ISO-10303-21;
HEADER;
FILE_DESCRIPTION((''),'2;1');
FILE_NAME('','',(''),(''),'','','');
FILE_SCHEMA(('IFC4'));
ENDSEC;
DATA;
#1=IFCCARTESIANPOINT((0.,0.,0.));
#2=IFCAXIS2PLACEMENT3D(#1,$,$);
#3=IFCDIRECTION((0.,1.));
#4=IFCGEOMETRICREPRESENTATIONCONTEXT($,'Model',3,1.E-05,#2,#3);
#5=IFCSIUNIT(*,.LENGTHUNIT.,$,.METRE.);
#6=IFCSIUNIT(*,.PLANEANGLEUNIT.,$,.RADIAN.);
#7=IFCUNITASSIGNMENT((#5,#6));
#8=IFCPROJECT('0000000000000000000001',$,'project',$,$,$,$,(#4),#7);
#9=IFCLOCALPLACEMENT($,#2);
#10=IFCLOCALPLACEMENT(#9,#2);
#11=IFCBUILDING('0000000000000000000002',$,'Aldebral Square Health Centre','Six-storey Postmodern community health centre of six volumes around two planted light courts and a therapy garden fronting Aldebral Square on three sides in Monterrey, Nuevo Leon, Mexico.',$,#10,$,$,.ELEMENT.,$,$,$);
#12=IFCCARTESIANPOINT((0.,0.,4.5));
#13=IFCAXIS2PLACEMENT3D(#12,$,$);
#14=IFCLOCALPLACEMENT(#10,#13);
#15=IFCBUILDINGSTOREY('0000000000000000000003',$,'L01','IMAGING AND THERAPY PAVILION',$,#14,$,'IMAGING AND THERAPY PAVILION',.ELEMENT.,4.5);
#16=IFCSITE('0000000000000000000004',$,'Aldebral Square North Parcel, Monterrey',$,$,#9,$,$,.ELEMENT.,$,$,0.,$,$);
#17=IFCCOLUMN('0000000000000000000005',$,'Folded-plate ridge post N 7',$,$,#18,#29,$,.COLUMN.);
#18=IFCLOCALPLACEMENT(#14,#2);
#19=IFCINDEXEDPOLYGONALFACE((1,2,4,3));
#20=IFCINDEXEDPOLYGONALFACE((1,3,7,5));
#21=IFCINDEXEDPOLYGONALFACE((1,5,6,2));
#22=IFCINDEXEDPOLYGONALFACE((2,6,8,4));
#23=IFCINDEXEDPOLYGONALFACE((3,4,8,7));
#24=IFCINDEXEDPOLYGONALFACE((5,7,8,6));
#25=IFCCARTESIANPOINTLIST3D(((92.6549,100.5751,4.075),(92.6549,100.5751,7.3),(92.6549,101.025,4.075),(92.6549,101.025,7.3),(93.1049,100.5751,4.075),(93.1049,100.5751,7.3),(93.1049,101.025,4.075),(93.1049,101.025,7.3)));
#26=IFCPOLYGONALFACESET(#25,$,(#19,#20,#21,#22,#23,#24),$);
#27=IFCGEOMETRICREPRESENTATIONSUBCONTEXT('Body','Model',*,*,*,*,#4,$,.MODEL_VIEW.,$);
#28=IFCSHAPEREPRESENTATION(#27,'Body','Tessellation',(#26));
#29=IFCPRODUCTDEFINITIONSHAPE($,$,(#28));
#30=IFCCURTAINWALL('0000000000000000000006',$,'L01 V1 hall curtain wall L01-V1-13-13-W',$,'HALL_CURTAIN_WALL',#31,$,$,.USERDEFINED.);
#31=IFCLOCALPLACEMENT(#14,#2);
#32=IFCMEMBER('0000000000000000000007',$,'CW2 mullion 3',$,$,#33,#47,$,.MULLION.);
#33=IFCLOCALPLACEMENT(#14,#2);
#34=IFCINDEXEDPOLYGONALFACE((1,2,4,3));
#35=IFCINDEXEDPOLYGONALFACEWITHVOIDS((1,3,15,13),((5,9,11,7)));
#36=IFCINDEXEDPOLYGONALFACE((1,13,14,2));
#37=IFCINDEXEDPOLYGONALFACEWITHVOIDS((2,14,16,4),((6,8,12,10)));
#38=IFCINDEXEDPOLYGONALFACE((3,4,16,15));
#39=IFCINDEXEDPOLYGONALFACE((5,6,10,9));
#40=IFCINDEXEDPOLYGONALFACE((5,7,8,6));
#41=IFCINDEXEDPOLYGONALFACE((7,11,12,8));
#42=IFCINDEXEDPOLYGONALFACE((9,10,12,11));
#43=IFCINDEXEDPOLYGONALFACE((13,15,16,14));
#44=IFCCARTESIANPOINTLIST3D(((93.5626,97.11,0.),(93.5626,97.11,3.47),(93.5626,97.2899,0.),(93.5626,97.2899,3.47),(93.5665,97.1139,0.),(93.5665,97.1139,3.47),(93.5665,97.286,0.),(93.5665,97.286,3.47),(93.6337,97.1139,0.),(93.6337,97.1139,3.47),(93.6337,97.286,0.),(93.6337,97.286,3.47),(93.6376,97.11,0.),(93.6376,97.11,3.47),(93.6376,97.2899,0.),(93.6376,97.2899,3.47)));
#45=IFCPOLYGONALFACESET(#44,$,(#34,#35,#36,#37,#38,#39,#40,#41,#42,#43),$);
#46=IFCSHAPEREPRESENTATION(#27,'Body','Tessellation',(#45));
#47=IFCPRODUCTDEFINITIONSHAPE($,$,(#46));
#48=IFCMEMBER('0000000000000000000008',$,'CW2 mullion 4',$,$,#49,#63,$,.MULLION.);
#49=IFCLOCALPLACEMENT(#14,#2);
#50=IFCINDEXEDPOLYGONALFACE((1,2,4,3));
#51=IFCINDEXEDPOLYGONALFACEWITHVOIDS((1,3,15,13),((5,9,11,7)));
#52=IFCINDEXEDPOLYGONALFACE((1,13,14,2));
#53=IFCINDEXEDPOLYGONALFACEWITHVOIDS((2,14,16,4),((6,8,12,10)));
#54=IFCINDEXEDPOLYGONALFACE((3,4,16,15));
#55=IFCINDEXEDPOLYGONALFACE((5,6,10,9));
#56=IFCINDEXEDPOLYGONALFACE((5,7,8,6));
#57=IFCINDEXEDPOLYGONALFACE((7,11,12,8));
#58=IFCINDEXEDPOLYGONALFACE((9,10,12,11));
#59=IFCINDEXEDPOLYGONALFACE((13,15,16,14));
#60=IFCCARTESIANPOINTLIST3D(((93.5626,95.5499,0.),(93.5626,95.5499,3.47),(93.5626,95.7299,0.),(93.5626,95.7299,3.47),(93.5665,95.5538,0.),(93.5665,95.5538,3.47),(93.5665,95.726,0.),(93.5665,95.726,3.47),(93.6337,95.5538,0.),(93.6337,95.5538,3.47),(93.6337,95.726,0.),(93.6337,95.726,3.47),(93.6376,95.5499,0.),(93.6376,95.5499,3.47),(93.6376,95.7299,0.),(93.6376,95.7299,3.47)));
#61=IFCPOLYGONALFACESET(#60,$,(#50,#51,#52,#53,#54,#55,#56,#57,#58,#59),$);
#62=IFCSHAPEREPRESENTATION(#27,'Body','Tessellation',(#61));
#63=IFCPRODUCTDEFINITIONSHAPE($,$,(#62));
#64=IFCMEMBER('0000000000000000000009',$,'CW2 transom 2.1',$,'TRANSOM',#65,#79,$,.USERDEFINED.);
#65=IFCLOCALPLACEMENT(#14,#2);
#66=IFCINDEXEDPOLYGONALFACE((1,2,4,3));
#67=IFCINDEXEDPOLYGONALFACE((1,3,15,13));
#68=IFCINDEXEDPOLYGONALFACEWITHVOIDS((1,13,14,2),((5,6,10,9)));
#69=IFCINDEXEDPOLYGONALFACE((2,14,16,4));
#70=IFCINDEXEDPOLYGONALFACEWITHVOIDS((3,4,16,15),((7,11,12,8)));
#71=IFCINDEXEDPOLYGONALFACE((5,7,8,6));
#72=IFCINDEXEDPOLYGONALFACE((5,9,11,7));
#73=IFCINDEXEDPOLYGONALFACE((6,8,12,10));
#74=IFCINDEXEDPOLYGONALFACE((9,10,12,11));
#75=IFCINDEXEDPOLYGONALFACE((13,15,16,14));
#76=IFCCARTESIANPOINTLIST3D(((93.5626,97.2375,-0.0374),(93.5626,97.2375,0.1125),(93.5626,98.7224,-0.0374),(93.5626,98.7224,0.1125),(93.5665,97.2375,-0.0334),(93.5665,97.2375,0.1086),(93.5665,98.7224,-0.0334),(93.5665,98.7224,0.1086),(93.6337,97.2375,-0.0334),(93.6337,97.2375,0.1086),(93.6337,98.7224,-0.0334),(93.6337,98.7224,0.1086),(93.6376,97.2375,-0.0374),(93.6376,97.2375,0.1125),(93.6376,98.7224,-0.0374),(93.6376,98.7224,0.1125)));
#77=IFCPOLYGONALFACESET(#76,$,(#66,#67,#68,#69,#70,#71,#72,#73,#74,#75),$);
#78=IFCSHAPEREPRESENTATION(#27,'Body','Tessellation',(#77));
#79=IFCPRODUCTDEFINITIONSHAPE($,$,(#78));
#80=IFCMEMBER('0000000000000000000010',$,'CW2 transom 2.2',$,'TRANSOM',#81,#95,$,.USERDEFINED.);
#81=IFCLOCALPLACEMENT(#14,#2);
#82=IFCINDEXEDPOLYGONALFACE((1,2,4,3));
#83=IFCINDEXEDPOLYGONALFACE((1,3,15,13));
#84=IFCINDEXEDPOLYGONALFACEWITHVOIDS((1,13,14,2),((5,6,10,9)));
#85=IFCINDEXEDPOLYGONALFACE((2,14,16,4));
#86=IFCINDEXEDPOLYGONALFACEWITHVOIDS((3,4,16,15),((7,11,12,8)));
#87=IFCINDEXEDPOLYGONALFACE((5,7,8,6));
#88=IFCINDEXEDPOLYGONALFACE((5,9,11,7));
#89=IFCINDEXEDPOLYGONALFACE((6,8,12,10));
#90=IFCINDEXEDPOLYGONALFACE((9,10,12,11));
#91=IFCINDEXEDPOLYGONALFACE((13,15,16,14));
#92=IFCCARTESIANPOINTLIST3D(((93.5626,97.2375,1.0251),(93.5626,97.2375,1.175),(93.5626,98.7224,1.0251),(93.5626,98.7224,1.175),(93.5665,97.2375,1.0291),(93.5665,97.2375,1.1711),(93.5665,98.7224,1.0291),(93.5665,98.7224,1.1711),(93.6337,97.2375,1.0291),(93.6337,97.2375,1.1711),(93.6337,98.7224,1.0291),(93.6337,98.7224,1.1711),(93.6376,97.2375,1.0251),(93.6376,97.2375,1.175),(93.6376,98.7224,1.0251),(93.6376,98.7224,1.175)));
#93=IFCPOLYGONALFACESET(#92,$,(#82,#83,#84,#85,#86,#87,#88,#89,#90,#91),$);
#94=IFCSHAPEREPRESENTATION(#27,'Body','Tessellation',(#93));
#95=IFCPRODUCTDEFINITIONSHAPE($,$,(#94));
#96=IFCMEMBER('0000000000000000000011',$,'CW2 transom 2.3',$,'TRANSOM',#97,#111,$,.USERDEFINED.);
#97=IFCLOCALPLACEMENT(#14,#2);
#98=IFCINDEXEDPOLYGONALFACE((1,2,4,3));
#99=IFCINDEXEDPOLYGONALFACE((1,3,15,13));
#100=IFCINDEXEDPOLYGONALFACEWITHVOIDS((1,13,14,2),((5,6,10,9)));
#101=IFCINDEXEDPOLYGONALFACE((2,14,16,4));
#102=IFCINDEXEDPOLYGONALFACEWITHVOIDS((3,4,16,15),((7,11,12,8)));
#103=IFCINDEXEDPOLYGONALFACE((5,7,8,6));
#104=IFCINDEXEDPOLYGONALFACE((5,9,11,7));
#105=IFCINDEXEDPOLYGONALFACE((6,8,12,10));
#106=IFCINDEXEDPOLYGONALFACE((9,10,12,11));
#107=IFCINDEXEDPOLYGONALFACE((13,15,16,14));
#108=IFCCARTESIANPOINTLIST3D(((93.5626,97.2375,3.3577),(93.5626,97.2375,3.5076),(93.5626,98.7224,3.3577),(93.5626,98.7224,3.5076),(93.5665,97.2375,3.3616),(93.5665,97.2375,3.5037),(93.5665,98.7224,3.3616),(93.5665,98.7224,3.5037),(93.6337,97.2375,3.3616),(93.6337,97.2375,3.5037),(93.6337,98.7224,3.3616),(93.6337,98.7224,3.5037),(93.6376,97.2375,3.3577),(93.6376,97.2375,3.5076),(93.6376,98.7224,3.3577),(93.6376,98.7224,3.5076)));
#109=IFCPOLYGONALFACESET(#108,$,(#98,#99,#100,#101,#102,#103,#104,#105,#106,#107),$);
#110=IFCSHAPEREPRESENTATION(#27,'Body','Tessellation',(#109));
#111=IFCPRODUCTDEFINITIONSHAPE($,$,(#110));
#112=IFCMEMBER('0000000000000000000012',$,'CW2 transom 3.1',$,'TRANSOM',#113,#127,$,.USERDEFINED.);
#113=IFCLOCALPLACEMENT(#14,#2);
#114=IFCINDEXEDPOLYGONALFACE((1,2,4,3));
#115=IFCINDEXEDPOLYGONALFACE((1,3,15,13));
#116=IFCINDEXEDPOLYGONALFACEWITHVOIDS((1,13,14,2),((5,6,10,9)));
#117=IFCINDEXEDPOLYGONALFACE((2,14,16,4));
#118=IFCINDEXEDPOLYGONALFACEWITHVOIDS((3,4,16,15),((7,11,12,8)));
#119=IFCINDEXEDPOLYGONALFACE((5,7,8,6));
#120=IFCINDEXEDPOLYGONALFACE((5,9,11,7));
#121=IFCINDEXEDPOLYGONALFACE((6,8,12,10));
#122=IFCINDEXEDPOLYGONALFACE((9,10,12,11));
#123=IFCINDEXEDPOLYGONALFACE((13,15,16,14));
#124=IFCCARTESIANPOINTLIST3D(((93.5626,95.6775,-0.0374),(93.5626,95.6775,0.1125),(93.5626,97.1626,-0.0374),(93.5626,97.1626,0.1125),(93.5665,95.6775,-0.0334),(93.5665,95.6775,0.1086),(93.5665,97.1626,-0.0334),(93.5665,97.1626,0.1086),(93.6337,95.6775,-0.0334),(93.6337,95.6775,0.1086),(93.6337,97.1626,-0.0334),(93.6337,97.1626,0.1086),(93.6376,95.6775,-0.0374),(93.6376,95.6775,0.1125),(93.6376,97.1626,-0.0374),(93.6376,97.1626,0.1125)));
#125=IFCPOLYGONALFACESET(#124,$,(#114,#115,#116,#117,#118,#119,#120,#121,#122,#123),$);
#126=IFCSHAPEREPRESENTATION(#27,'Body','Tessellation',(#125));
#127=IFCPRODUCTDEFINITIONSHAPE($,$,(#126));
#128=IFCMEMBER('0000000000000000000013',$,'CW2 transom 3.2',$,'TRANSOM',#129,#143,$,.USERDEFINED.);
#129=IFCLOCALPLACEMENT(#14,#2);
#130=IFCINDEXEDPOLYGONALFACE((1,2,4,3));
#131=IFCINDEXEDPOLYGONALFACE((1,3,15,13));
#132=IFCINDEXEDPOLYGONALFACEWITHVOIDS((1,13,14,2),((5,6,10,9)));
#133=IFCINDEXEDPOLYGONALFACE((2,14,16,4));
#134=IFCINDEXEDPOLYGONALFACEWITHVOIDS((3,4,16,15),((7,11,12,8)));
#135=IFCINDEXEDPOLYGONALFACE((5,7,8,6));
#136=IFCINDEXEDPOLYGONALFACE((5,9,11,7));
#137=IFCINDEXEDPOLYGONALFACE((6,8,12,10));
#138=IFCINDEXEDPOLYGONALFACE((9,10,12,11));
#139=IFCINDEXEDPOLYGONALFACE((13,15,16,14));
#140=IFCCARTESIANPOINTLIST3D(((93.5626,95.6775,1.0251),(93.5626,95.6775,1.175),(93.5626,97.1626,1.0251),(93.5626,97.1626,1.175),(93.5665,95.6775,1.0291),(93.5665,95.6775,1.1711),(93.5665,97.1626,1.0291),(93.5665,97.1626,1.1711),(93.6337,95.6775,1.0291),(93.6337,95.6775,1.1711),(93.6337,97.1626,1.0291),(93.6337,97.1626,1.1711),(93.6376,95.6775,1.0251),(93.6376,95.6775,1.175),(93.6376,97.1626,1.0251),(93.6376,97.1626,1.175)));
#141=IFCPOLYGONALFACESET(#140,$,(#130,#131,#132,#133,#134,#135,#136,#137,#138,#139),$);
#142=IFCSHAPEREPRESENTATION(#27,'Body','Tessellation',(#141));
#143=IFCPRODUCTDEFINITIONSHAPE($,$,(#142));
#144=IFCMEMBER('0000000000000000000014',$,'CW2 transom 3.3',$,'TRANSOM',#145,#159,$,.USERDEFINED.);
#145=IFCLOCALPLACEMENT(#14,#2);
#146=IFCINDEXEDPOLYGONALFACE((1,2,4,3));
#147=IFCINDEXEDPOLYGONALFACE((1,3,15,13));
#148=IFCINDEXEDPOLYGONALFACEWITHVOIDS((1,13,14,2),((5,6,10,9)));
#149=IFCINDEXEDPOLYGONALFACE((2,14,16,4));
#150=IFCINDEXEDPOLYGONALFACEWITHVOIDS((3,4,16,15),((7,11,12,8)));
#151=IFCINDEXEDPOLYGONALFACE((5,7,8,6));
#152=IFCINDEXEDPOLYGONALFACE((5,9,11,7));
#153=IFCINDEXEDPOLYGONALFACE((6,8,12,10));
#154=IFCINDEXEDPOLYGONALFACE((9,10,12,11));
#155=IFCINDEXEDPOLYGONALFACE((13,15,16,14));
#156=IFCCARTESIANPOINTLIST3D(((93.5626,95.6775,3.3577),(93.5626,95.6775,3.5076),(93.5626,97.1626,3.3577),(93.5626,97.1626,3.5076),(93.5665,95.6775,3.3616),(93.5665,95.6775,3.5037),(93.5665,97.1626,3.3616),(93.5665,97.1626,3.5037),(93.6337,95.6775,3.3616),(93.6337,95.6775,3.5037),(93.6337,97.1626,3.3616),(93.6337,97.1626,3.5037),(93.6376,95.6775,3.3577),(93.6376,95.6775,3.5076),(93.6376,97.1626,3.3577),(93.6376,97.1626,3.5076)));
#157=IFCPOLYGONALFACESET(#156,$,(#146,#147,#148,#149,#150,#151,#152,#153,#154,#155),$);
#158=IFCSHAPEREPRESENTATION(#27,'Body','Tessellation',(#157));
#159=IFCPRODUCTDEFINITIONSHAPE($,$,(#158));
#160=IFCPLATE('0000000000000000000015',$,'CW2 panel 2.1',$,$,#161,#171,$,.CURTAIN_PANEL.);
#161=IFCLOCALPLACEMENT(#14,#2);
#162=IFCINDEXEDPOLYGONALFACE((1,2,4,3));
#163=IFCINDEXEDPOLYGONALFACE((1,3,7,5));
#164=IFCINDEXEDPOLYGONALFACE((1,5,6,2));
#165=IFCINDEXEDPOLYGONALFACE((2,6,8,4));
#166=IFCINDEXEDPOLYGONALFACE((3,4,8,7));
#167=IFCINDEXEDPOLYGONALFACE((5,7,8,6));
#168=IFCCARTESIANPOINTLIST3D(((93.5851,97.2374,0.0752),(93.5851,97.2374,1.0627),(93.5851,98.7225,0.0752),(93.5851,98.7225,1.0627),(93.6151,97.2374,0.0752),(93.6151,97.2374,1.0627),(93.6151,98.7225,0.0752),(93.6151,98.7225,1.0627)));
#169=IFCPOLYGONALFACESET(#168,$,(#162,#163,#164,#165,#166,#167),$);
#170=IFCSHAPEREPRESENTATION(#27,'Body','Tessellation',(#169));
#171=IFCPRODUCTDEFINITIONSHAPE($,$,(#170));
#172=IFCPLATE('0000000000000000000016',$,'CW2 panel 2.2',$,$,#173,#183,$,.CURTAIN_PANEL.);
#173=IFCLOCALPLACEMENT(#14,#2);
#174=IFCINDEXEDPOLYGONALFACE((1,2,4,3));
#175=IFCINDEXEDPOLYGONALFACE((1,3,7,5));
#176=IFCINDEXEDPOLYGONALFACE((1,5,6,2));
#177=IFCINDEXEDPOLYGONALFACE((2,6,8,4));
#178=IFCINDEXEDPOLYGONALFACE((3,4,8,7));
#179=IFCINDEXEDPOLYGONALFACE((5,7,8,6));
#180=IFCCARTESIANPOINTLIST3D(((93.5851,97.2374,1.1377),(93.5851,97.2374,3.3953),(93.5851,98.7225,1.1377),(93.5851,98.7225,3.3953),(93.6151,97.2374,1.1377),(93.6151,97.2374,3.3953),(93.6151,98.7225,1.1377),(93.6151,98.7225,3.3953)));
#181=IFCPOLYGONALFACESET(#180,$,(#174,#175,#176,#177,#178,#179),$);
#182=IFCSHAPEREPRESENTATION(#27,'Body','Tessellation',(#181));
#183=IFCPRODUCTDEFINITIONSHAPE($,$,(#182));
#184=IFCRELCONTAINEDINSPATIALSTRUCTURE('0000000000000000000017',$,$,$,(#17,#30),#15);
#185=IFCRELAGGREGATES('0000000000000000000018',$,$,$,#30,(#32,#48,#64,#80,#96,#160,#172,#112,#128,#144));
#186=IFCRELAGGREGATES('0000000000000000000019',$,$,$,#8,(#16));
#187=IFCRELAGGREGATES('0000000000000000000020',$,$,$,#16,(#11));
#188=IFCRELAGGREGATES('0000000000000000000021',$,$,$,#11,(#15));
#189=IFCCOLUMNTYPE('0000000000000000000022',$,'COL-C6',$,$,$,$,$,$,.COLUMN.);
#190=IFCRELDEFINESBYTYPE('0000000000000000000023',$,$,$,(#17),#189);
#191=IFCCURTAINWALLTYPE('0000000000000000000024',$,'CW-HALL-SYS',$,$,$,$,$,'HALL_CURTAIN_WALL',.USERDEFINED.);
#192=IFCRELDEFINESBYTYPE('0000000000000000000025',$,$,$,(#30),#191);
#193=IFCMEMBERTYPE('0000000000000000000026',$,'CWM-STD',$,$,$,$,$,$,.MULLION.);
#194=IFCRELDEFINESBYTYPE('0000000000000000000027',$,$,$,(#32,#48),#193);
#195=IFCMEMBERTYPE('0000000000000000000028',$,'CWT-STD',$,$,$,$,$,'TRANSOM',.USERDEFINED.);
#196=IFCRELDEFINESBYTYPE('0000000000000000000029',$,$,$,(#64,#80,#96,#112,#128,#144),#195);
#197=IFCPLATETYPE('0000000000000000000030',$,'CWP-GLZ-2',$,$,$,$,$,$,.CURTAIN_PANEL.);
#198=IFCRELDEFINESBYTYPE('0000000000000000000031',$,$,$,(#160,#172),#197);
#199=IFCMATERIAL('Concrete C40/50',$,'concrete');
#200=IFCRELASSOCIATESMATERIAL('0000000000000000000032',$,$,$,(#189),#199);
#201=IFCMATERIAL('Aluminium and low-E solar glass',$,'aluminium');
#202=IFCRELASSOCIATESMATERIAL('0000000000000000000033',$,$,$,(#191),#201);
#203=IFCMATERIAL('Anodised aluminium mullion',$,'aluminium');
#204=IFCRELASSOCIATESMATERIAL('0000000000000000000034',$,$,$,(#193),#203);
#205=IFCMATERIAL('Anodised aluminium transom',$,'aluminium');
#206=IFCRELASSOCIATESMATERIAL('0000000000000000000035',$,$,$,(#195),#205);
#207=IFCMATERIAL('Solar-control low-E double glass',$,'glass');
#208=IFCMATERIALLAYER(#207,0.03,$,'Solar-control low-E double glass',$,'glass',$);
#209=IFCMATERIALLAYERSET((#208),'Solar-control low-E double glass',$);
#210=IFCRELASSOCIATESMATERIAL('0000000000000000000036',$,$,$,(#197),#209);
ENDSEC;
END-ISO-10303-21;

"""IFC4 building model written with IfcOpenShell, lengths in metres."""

from ifc_helpers import new_model, si_unit, direction, frame, origin, origin_2d, place, context, subcontext, project, spatial, rectangle, hollow_rectangle, extrude, material, layer, layer_set, material_profile, profile_set, type_object, element, aggregate, save


model = new_model("IFC4")

# Units and contexts
model_context = context("Model", 3, precision=1e-05, world=origin(), true_north=direction((0.0, 1.0)))
body_context = subcontext(model_context, "Body", "Model", "MODEL_VIEW")
ifc_project = project(units=[si_unit("LENGTHUNIT", "METRE"), si_unit("PLANEANGLEUNIT", "RADIAN")], contexts=[model_context])

# Site, building, storey
site_placement = place(None, origin())
site = spatial("IfcSite", under=ifc_project, at=site_placement, Name="Aldebral Square North Parcel, Monterrey", CompositionType="ELEMENT", RefElevation=0.0)
building_placement = place(site_placement, origin())
building = spatial("IfcBuilding", under=site, at=building_placement, Name="Aldebral Square Health Centre", Description="Six-storey Postmodern community health centre of six volumes around two planted light courts and a therapy garden fronting Aldebral Square on three sides in Monterrey, Nuevo Leon, Mexico.", CompositionType="ELEMENT")
storey_placement = place(building_placement, frame((0.0, 0.0, 4.5)))
storey = spatial("IfcBuildingStorey", under=building, at=storey_placement, Name="L01", Description="IMAGING AND THERAPY PAVILION", LongName="IMAGING AND THERAPY PAVILION", CompositionType="ELEMENT", Elevation=4.5)

# Column
ifc_material_1 = material(Name="Concrete C40/50", Category="concrete")
ifc_material_profile_1 = material_profile(ifc_material_1, rectangle(XDim=0.45, YDim=0.45, at=origin_2d()), Name="RC 450x450")
ifc_profile_set_1 = profile_set([ifc_material_profile_1], Name="Concrete C40/50")
column_type = type_object("IfcColumnType", Name="COL-C6", PredefinedType="COLUMN", material=ifc_profile_set_1)
column_placement = place(storey_placement, frame((92.8799, 100.8, 4.075), z_axis=(0.0, 0.0, 1.0), x_axis=(1.0, 0.0, 0.0)))
element("IfcColumn", 1, at=column_placement, inside=storey, type_object=column_type, Name="Folded-plate ridge post N 7", PredefinedType="COLUMN", context=body_context, shape_type="SweptSolid", body=[
    extrude(rectangle(XDim=0.45, YDim=0.45, at=origin_2d()), origin(), (0.0, 0.0, 1.0), 3.2251),
])

# Curtain wall, members, plates
ifc_material_2 = material(Name="Aluminium and low-E solar glass", Category="aluminium")
curtain_wall_type = type_object("IfcCurtainWallType", Name="CW-HALL-SYS", ElementType="HALL_CURTAIN_WALL", PredefinedType="USERDEFINED", material=ifc_material_2)
curtain_wall_placement = place(storey_placement, origin())
curtain_wall = element("IfcCurtainWall", 2, at=curtain_wall_placement, inside=storey, type_object=curtain_wall_type, Name="L01 V1 hall curtain wall L01-V1-13-13-W", ObjectType="HALL_CURTAIN_WALL", PredefinedType="USERDEFINED")
ifc_material_3 = material(Name="Anodised aluminium mullion", Category="aluminium")
ifc_material_profile_2 = material_profile(ifc_material_3, hollow_rectangle(XDim=0.075, YDim=0.1799, WallThickness=0.0039, at=origin_2d()), Name="CWM 75x180x4")
ifc_profile_set_2 = profile_set([ifc_material_profile_2], Name="Anodised aluminium mullion")
member_type_1 = type_object("IfcMemberType", Name="CWM-STD", PredefinedType="MULLION", material=ifc_profile_set_2)
member_1_placement = place(storey_placement, frame((93.6001, 97.2, 0.0), z_axis=(0.0, 0.0, 1.0), x_axis=(1.0, 0.0, 0.0)))
member_1 = element("IfcMember", 3, at=member_1_placement, type_object=member_type_1, Name="CW2 mullion 3", PredefinedType="MULLION", context=body_context, shape_type="SweptSolid", body=[
    extrude(hollow_rectangle(XDim=0.075, YDim=0.1799, WallThickness=0.0039, at=origin_2d()), origin(), (0.0, 0.0, 1.0), 3.47),
])
member_2_placement = place(storey_placement, frame((93.6001, 95.6399, 0.0), z_axis=(0.0, 0.0, 1.0), x_axis=(1.0, 0.0, 0.0)))
member_2 = element("IfcMember", 4, at=member_2_placement, type_object=member_type_1, Name="CW2 mullion 4", PredefinedType="MULLION", context=body_context, shape_type="SweptSolid", body=[
    extrude(hollow_rectangle(XDim=0.075, YDim=0.1799, WallThickness=0.0039, at=origin_2d()), origin(), (0.0, 0.0, 1.0), 3.47),
])
ifc_material_4 = material(Name="Anodised aluminium transom", Category="aluminium")
ifc_material_profile_3 = material_profile(ifc_material_4, hollow_rectangle(XDim=0.075, YDim=0.1499, WallThickness=0.0039, at=origin_2d()), Name="CWT 75x150x4")
ifc_profile_set_3 = profile_set([ifc_material_profile_3], Name="Anodised aluminium transom")
member_type_2 = type_object("IfcMemberType", Name="CWT-STD", ElementType="TRANSOM", PredefinedType="USERDEFINED", material=ifc_profile_set_3)
member_3_placement = place(storey_placement, frame((93.6001, 98.7224, 0.0376), z_axis=(0.0, -1.0, 0.0), x_axis=(1.0, 0.0, 0.0)))
member_3 = element("IfcMember", 5, at=member_3_placement, type_object=member_type_2, Name="CW2 transom 2.1", ObjectType="TRANSOM", PredefinedType="USERDEFINED", context=body_context, shape_type="SweptSolid", body=[
    extrude(hollow_rectangle(XDim=0.075, YDim=0.1499, WallThickness=0.0039, at=origin_2d()), origin(), (0.0, 0.0, 1.0), 1.4849),
])
member_4_placement = place(storey_placement, frame((93.6001, 98.7224, 1.1001), z_axis=(0.0, -1.0, 0.0), x_axis=(1.0, 0.0, 0.0)))
member_4 = element("IfcMember", 6, at=member_4_placement, type_object=member_type_2, Name="CW2 transom 2.2", ObjectType="TRANSOM", PredefinedType="USERDEFINED", context=body_context, shape_type="SweptSolid", body=[
    extrude(hollow_rectangle(XDim=0.075, YDim=0.1499, WallThickness=0.0039, at=origin_2d()), origin(), (0.0, 0.0, 1.0), 1.4849),
])
member_5_placement = place(storey_placement, frame((93.6001, 98.7224, 3.4326), z_axis=(0.0, -1.0, 0.0), x_axis=(1.0, 0.0, 0.0)))
member_5 = element("IfcMember", 7, at=member_5_placement, type_object=member_type_2, Name="CW2 transom 2.3", ObjectType="TRANSOM", PredefinedType="USERDEFINED", context=body_context, shape_type="SweptSolid", body=[
    extrude(hollow_rectangle(XDim=0.075, YDim=0.1499, WallThickness=0.0039, at=origin_2d()), origin(), (0.0, 0.0, 1.0), 1.4849),
])
member_6_placement = place(storey_placement, frame((93.6001, 97.1626, 0.0376), z_axis=(0.0, -1.0, 0.0), x_axis=(1.0, 0.0, 0.0)))
member_6 = element("IfcMember", 8, at=member_6_placement, type_object=member_type_2, Name="CW2 transom 3.1", ObjectType="TRANSOM", PredefinedType="USERDEFINED", context=body_context, shape_type="SweptSolid", body=[
    extrude(hollow_rectangle(XDim=0.075, YDim=0.1499, WallThickness=0.0039, at=origin_2d()), origin(), (0.0, 0.0, 1.0), 1.4851),
])
member_7_placement = place(storey_placement, frame((93.6001, 97.1626, 1.1001), z_axis=(0.0, -1.0, 0.0), x_axis=(1.0, 0.0, 0.0)))
member_7 = element("IfcMember", 9, at=member_7_placement, type_object=member_type_2, Name="CW2 transom 3.2", ObjectType="TRANSOM", PredefinedType="USERDEFINED", context=body_context, shape_type="SweptSolid", body=[
    extrude(hollow_rectangle(XDim=0.075, YDim=0.1499, WallThickness=0.0039, at=origin_2d()), origin(), (0.0, 0.0, 1.0), 1.4851),
])
member_8_placement = place(storey_placement, frame((93.6001, 97.1626, 3.4326), z_axis=(0.0, -1.0, 0.0), x_axis=(1.0, 0.0, 0.0)))
member_8 = element("IfcMember", 10, at=member_8_placement, type_object=member_type_2, Name="CW2 transom 3.3", ObjectType="TRANSOM", PredefinedType="USERDEFINED", context=body_context, shape_type="SweptSolid", body=[
    extrude(hollow_rectangle(XDim=0.075, YDim=0.1499, WallThickness=0.0039, at=origin_2d()), origin(), (0.0, 0.0, 1.0), 1.4851),
])
ifc_material_5 = material(Name="Solar-control low-E double glass", Category="glass")
ifc_layer_1 = layer(ifc_material_5, 0.03, Name="Solar-control low-E double glass", Category="glass")
ifc_layer_set_1 = layer_set([ifc_layer_1], Name="Solar-control low-E double glass")
plate_type = type_object("IfcPlateType", Name="CWP-GLZ-2", PredefinedType="CURTAIN_PANEL", material=ifc_layer_set_1)
plate_1_placement = place(storey_placement, frame((93.6001, 97.98, 0.0752), z_axis=(0.0, 0.0, 1.0), x_axis=(0.0, -1.0, 0.0)))
plate_1 = element("IfcPlate", 11, at=plate_1_placement, type_object=plate_type, Name="CW2 panel 2.1", PredefinedType="CURTAIN_PANEL", context=body_context, shape_type="SweptSolid", body=[
    extrude(rectangle(XDim=1.4851, YDim=0.03, at=origin_2d()), origin(), (0.0, 0.0, 1.0), 0.9875),
])
plate_2_placement = place(storey_placement, frame((93.6001, 97.98, 1.1377), z_axis=(0.0, 0.0, 1.0), x_axis=(0.0, -1.0, 0.0)))
plate_2 = element("IfcPlate", 12, at=plate_2_placement, type_object=plate_type, Name="CW2 panel 2.2", PredefinedType="CURTAIN_PANEL", context=body_context, shape_type="SweptSolid", body=[
    extrude(rectangle(XDim=1.4851, YDim=0.03, at=origin_2d()), origin(), (0.0, 0.0, 1.0), 2.2576),
])
aggregate(curtain_wall, [member_1, member_2, member_3, member_4, member_5, plate_1, plate_2, member_6, member_7, member_8])

save(model, "model.ifc")
